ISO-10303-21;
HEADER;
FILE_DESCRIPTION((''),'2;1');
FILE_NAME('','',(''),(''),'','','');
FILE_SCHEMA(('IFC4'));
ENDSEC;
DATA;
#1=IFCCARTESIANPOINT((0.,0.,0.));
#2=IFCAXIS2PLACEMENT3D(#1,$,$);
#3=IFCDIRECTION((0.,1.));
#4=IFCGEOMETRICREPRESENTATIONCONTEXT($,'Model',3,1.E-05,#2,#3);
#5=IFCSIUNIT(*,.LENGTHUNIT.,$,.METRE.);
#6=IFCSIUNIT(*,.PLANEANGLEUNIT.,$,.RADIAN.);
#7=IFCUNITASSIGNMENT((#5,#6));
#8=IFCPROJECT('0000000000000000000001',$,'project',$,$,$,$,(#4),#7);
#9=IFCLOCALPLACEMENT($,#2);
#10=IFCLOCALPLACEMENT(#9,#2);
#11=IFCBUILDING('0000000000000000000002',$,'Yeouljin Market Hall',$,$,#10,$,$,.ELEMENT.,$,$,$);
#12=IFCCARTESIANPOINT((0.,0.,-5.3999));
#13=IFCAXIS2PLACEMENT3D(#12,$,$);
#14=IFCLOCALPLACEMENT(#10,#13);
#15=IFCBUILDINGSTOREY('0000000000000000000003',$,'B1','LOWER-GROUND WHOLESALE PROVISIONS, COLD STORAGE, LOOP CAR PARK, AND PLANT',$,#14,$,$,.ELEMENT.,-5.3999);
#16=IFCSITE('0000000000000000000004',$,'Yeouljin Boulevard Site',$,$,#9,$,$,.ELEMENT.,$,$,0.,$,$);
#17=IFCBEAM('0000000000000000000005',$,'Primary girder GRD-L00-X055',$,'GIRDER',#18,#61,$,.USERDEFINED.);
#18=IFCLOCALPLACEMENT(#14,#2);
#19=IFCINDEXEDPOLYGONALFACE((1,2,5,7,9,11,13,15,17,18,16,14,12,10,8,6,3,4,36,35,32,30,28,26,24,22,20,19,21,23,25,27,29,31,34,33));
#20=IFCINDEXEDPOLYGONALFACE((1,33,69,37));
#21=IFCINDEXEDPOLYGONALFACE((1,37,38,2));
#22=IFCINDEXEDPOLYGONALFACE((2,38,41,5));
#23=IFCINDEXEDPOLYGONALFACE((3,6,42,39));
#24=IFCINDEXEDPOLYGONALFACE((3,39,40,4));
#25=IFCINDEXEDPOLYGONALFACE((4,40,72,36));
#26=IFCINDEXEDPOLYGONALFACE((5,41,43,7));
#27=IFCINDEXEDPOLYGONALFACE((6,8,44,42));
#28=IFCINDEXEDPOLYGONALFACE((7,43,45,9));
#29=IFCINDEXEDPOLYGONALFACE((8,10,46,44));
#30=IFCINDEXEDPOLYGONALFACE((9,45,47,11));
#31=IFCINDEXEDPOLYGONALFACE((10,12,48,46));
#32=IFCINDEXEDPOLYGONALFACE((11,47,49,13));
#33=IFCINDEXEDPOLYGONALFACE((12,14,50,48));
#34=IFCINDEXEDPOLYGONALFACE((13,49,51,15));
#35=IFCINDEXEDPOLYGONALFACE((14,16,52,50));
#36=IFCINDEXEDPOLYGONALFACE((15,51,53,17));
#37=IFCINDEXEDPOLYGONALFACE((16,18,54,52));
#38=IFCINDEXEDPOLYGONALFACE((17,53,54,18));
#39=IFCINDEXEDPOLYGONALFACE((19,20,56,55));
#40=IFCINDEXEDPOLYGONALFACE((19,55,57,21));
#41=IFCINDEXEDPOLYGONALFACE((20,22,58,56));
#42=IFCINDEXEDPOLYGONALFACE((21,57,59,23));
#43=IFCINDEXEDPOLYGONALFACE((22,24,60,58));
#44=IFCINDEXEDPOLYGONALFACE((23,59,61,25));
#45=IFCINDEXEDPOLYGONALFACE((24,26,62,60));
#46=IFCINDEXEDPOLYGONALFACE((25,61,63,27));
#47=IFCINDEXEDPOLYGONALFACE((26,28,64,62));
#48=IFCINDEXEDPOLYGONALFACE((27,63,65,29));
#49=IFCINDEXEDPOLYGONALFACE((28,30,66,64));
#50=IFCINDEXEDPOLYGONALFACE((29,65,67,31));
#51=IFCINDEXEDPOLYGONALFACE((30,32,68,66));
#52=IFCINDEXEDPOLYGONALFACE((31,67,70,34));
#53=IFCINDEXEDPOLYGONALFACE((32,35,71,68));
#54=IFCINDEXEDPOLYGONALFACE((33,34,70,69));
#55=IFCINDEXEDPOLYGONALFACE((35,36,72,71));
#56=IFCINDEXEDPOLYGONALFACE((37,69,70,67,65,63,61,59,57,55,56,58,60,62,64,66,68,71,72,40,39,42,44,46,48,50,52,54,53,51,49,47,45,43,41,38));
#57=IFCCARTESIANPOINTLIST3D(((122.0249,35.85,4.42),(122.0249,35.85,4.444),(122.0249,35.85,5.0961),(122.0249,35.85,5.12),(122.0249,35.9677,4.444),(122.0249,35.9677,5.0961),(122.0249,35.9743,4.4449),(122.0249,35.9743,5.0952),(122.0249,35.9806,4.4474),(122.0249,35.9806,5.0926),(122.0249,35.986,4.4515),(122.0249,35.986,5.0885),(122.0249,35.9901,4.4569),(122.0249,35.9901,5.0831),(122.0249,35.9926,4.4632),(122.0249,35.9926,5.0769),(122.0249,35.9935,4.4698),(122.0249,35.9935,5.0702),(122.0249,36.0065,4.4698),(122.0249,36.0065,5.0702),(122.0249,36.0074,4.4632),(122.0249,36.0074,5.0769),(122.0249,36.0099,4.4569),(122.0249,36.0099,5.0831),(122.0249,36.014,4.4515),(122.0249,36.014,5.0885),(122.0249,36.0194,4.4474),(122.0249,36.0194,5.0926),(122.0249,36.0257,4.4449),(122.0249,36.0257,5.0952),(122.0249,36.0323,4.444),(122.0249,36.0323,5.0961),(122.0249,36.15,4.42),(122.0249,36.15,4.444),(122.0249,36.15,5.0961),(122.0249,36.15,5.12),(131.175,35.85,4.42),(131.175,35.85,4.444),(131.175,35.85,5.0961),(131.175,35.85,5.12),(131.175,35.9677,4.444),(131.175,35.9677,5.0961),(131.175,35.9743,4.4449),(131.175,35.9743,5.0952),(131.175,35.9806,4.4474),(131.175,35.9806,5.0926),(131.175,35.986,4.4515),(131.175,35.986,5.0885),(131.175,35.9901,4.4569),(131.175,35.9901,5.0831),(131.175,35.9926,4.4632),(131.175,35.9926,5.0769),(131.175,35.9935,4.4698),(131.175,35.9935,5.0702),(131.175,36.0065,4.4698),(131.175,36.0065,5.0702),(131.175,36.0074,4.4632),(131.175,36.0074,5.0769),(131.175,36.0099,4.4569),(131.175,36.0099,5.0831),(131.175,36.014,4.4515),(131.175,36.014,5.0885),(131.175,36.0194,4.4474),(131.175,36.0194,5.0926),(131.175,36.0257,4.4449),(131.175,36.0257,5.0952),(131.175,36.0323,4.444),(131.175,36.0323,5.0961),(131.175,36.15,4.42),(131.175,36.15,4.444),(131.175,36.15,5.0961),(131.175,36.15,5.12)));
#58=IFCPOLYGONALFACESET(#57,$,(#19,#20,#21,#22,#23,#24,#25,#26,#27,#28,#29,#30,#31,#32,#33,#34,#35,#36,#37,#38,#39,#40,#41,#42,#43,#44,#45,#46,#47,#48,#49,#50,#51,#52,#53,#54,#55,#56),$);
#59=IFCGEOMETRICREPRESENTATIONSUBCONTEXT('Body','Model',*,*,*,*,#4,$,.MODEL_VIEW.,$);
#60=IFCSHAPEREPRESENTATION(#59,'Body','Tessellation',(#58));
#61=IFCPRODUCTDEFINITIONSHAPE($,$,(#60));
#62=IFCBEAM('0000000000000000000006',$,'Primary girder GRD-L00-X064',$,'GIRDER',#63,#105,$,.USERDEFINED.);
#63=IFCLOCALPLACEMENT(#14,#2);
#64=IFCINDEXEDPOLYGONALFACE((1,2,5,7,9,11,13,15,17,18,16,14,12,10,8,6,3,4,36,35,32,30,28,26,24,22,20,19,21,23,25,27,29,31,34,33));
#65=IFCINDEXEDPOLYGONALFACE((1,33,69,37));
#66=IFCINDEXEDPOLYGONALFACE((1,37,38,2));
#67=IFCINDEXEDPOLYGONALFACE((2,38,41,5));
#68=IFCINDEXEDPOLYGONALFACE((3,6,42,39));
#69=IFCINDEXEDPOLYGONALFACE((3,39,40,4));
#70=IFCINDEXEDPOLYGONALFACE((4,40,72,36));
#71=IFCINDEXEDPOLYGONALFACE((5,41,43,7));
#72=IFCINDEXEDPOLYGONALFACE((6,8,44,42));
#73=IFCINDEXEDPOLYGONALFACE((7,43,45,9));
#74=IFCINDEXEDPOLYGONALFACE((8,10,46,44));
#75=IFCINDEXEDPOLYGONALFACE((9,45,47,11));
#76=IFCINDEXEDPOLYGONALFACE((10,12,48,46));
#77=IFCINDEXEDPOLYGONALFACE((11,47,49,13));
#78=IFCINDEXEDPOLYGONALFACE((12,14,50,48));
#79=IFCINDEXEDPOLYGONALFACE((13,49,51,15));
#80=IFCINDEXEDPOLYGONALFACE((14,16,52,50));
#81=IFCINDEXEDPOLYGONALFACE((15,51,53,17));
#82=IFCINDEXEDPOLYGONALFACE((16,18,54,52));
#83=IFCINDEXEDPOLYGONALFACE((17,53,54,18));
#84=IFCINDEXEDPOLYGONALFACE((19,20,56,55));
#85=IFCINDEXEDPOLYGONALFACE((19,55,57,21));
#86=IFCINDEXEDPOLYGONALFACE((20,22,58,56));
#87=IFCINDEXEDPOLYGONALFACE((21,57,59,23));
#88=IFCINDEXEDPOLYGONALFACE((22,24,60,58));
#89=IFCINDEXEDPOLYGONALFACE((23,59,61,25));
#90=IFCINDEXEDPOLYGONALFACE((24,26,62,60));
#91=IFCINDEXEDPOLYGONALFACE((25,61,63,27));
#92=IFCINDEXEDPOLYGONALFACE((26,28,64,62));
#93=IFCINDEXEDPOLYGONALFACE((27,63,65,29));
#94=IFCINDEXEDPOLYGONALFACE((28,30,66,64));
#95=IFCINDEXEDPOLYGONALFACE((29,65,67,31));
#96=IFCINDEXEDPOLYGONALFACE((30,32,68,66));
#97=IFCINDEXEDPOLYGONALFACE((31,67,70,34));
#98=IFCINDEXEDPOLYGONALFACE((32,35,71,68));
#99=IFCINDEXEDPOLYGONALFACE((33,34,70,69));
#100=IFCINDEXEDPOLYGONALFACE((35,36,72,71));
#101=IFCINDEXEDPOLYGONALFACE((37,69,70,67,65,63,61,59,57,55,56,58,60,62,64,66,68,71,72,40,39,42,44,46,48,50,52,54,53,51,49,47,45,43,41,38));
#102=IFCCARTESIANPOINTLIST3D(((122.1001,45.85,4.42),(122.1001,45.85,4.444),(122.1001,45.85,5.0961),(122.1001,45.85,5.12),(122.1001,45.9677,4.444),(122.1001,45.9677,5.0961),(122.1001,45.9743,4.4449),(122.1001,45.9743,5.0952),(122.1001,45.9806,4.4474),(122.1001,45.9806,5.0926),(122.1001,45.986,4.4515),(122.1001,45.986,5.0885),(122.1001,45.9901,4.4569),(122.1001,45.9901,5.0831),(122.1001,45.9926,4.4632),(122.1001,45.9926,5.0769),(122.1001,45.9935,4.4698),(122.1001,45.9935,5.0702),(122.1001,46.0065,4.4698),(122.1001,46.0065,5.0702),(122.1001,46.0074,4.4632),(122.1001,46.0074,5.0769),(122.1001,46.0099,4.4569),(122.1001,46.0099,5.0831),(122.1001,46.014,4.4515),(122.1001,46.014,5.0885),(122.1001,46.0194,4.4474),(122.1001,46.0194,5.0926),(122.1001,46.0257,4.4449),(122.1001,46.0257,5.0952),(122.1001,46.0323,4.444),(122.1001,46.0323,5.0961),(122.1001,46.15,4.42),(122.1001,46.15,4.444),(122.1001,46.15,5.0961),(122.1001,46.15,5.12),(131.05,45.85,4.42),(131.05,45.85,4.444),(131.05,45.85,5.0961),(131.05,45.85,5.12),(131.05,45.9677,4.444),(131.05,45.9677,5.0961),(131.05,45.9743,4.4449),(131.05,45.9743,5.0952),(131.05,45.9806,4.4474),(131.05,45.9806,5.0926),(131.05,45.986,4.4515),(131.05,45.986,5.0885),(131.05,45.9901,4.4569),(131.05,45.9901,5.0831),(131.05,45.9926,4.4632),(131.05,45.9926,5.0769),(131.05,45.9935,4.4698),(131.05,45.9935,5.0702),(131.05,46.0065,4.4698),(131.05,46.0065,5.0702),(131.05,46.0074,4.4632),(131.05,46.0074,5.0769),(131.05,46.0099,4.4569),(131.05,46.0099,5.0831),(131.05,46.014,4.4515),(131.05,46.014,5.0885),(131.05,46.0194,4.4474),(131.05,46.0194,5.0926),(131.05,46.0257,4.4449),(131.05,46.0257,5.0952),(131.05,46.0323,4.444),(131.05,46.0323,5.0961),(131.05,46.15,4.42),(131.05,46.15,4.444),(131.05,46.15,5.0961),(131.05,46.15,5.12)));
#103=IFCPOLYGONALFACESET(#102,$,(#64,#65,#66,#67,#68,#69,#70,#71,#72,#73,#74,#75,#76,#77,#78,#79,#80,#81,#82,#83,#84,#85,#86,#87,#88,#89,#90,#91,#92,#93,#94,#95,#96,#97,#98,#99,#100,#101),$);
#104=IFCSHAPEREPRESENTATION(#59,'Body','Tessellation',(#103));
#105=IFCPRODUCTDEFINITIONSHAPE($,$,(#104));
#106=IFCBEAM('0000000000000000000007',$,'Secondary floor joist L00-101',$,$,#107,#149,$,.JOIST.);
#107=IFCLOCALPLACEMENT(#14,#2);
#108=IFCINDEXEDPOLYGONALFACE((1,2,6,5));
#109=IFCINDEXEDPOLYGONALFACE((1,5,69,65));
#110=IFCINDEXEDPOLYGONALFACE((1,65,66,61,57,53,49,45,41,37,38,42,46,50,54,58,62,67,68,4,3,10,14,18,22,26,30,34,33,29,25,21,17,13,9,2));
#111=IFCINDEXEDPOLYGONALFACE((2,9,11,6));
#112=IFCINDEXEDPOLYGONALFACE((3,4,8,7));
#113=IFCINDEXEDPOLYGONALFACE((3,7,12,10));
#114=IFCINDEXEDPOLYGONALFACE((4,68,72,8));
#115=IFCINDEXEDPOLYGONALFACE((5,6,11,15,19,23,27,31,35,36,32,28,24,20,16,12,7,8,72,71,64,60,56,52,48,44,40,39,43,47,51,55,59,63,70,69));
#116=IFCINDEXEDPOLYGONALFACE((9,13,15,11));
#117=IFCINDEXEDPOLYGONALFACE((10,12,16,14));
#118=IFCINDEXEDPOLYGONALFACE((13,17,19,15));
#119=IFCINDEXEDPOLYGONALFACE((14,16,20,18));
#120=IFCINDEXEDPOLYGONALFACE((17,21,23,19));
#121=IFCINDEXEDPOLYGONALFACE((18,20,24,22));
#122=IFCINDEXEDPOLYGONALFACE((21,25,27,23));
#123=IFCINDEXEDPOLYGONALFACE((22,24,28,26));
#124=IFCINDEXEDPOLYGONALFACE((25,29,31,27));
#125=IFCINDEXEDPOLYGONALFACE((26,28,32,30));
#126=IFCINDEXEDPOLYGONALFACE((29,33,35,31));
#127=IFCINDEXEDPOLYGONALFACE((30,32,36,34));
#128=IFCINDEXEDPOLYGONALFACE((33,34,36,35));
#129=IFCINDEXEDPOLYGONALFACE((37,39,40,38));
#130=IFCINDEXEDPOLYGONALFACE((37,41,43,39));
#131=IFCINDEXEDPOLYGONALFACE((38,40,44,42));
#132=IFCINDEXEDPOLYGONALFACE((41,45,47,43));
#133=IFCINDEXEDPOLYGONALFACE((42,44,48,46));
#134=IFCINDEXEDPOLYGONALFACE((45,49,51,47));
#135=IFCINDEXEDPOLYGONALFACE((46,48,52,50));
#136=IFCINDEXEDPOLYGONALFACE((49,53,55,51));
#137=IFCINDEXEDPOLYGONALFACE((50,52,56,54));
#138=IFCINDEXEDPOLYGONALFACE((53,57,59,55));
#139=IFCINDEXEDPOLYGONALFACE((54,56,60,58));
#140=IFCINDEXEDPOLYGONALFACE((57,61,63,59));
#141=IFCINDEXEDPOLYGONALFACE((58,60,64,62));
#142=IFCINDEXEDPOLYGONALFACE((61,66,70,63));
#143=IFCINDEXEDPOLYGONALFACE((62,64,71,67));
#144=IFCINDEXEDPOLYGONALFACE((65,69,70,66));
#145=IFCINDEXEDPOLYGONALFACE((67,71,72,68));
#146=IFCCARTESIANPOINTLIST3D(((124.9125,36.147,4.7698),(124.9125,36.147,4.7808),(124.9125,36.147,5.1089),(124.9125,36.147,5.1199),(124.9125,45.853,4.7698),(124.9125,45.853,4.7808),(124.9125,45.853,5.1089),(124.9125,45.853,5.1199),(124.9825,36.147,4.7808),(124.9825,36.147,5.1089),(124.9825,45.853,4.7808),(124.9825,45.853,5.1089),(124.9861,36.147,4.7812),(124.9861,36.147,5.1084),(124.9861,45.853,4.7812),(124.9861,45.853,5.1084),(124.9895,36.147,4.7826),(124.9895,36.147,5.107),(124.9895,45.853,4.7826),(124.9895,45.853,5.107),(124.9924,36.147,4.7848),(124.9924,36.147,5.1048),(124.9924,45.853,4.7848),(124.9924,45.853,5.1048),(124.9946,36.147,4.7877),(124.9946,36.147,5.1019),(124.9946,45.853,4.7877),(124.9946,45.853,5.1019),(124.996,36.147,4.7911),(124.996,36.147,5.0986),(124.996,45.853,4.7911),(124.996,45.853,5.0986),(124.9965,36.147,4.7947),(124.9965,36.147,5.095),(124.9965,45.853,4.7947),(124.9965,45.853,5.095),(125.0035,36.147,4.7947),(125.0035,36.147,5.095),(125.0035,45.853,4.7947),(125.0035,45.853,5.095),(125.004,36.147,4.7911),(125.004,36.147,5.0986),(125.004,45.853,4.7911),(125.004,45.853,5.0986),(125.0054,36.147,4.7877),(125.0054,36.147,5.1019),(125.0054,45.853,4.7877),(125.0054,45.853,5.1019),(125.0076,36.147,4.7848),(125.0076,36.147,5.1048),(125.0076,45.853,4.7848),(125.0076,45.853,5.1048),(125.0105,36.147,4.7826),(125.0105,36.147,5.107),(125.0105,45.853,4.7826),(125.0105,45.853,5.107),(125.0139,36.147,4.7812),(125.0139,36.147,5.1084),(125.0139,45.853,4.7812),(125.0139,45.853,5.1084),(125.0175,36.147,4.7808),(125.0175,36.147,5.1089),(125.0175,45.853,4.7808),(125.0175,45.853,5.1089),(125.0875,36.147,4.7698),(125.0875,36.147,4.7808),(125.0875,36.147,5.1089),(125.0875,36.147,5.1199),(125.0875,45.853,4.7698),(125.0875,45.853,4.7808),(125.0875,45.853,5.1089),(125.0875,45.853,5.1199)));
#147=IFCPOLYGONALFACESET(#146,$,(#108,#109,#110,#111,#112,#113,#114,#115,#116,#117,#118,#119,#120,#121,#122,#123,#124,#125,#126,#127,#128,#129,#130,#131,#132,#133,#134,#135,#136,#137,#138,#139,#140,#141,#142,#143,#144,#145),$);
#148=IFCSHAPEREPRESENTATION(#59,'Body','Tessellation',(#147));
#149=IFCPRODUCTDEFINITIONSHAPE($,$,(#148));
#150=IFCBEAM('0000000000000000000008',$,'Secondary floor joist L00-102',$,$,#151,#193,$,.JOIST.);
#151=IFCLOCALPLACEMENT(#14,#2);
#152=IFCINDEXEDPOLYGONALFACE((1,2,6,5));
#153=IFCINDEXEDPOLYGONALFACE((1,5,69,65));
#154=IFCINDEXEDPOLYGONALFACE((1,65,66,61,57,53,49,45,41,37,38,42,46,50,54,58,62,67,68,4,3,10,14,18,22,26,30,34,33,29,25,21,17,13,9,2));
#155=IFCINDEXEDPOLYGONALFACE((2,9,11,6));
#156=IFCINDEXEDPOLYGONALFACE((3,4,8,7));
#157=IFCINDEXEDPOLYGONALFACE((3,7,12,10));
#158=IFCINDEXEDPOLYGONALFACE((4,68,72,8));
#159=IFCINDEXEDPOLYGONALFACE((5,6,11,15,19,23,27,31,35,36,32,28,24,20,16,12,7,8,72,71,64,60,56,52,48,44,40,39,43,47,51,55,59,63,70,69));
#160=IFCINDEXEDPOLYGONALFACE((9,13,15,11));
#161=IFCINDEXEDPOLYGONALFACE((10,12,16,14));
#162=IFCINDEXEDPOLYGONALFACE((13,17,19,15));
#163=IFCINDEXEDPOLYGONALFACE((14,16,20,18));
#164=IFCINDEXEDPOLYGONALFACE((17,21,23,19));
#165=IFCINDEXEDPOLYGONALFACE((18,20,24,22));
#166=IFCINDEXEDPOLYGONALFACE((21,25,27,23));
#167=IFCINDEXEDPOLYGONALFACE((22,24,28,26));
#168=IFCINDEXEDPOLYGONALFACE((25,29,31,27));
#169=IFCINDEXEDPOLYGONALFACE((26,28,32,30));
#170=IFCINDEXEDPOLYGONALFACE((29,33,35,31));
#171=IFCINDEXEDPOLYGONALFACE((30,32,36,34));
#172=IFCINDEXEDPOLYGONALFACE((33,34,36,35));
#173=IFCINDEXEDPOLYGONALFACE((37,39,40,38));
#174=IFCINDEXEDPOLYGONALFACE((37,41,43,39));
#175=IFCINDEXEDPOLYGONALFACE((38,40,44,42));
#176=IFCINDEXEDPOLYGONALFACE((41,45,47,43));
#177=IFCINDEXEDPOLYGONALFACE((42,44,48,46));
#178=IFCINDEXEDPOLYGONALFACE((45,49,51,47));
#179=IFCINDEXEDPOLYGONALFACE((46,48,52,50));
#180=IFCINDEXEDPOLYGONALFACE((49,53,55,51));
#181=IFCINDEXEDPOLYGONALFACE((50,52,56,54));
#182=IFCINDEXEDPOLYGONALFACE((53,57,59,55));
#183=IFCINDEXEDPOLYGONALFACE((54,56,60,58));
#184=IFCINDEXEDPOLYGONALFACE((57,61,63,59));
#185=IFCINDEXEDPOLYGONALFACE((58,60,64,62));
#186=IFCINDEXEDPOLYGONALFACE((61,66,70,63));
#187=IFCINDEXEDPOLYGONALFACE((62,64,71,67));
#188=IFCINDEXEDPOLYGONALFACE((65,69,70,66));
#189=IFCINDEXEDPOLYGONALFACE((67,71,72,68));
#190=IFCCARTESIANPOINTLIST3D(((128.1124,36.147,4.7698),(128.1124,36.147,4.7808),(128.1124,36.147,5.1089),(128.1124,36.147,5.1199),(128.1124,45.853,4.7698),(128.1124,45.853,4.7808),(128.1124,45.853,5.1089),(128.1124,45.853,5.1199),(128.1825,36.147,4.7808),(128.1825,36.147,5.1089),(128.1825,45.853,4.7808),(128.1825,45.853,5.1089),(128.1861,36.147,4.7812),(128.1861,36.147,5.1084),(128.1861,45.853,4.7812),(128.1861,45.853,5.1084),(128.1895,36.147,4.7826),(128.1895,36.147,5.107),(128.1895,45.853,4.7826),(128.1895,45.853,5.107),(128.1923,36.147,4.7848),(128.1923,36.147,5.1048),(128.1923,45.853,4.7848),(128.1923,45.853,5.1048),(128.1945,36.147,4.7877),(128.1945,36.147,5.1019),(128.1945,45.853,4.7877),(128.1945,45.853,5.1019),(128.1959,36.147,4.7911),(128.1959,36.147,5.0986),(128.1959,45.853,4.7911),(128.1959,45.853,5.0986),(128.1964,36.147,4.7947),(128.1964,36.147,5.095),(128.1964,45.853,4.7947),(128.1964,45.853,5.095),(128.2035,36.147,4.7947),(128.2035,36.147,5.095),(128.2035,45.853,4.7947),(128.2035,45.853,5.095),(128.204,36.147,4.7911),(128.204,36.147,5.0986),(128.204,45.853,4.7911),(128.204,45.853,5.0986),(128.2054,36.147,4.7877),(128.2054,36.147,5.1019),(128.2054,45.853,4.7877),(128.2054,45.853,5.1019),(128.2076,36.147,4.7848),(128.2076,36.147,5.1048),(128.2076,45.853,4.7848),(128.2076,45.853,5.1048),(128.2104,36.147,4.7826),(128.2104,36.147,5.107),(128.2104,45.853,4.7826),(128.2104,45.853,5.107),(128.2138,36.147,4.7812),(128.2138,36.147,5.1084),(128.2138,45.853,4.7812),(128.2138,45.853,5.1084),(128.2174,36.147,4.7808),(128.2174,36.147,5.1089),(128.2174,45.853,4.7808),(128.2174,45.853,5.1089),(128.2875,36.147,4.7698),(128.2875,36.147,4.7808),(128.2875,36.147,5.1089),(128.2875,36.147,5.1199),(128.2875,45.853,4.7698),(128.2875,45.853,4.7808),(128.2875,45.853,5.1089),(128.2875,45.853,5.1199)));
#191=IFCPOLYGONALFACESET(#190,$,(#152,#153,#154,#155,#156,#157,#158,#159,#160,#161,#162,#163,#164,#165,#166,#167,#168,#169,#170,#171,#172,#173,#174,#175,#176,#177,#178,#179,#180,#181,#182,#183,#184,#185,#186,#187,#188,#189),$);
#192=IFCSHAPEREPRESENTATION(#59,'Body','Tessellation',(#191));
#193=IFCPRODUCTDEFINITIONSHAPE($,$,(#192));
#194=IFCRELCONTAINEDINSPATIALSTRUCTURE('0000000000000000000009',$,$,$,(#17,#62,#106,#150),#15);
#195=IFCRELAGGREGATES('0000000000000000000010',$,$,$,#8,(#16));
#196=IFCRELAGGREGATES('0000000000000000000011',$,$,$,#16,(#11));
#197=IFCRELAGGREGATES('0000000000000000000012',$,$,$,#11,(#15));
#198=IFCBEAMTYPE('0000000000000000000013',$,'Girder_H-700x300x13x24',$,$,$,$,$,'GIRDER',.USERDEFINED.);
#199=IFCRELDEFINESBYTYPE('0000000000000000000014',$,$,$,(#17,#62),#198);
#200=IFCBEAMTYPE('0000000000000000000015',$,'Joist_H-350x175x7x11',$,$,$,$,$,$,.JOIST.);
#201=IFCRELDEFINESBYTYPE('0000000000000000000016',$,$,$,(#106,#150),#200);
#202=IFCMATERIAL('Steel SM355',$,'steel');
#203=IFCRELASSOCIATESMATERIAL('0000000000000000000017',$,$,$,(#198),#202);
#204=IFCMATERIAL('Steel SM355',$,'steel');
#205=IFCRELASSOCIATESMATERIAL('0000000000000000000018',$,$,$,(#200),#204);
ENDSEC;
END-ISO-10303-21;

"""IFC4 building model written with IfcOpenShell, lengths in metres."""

from ifc_helpers import new_model, si_unit, direction, frame, origin, origin_2d, place, context, subcontext, project, spatial, i_section, extrude, material, material_profile, profile_set, type_object, element, save


model = new_model("IFC4")

# Units and contexts
model_context = context("Model", 3, precision=1e-05, world=origin(), true_north=direction((0.0, 1.0)))
body_context = subcontext(model_context, "Body", "Model", "MODEL_VIEW")
ifc_project = project(units=[si_unit("LENGTHUNIT", "METRE"), si_unit("PLANEANGLEUNIT", "RADIAN")], contexts=[model_context])

# Site, building, storey
site_placement = place(None, origin())
site = spatial("IfcSite", under=ifc_project, at=site_placement, Name="Yeouljin Boulevard Site", CompositionType="ELEMENT", RefElevation=0.0)
building_placement = place(site_placement, origin())
building = spatial("IfcBuilding", under=site, at=building_placement, Name="Yeouljin Market Hall", CompositionType="ELEMENT")
storey_placement = place(building_placement, frame((0.0, 0.0, -5.3999)))
storey = spatial("IfcBuildingStorey", under=building, at=storey_placement, Name="B1", Description="LOWER-GROUND WHOLESALE PROVISIONS, COLD STORAGE, LOOP CAR PARK, AND PLANT", CompositionType="ELEMENT", Elevation=-5.3999)

# Beams
ifc_material_1 = material(Name="Steel SM355", Category="steel")
ifc_material_profile_1 = material_profile(ifc_material_1, i_section(OverallWidth=0.3, OverallDepth=0.7, WebThickness=0.0129, FlangeThickness=0.0239, FilletRadius=0.0259, at=origin_2d()), Name="H-700x300x13x24")
ifc_profile_set_1 = profile_set([ifc_material_profile_1], Name="Steel SM355")
beam_type_1 = type_object("IfcBeamType", Name="Girder_H-700x300x13x24", ElementType="GIRDER", PredefinedType="USERDEFINED", material=ifc_profile_set_1)
beam_1_placement = place(storey_placement, frame((122.0249, 36.0, 4.77), z_axis=(1.0, 0.0, 0.0), x_axis=(0.0, 1.0, 0.0)))
element("IfcBeam", 1, at=beam_1_placement, inside=storey, type_object=beam_type_1, Name="Primary girder GRD-L00-X055", ObjectType="GIRDER", PredefinedType="USERDEFINED", context=body_context, shape_type="SweptSolid", body=[
    extrude(i_section(OverallWidth=0.3, OverallDepth=0.7, WebThickness=0.0129, FlangeThickness=0.0239, FilletRadius=0.0259, at=origin_2d()), origin(), (0.0, 0.0, 1.0), 9.1501),
])
beam_2_placement = place(storey_placement, frame((122.1001, 46.0, 4.77), z_axis=(1.0, 0.0, 0.0), x_axis=(0.0, 1.0, 0.0)))
element("IfcBeam", 2, at=beam_2_placement, inside=storey, type_object=beam_type_1, Name="Primary girder GRD-L00-X064", ObjectType="GIRDER", PredefinedType="USERDEFINED", context=body_context, shape_type="SweptSolid", body=[
    extrude(i_section(OverallWidth=0.3, OverallDepth=0.7, WebThickness=0.0129, FlangeThickness=0.0239, FilletRadius=0.0259, at=origin_2d()), origin(), (0.0, 0.0, 1.0), 8.95),
])
ifc_material_2 = material(Name="Steel SM355", Category="steel")
ifc_material_profile_2 = material_profile(ifc_material_2, i_section(OverallWidth=0.175, OverallDepth=0.3501, WebThickness=0.0071, FlangeThickness=0.011, FilletRadius=0.0139, at=origin_2d()), Name="H-350x175x7x11")
ifc_profile_set_2 = profile_set([ifc_material_profile_2], Name="Steel SM355")
beam_type_2 = type_object("IfcBeamType", Name="Joist_H-350x175x7x11", PredefinedType="JOIST", material=ifc_profile_set_2)
for number, where, z_axis, x_axis, name in (
    (3, (125.0, 36.147, 4.9448), (0.0, 1.0, 0.0), (-1.0, 0.0, 0.0), "Secondary floor joist L00-101"),
    (4, (128.2, 36.147, 4.9448), (0.0, 1.0, 0.0), (-1.0, 0.0, 0.0), "Secondary floor joist L00-102"),
):
    element("IfcBeam", number, at=place(storey_placement, frame(where, z_axis=z_axis, x_axis=x_axis)), inside=storey, type_object=beam_type_2, Name=name, PredefinedType="JOIST", context=body_context, shape_type="SweptSolid", body=[
        extrude(i_section(OverallWidth=0.175, OverallDepth=0.3501, WebThickness=0.0071, FlangeThickness=0.011, FilletRadius=0.0139, at=origin_2d()), origin(), (0.0, 0.0, 1.0), 9.7061),
    ])

save(model, "model.ifc")
